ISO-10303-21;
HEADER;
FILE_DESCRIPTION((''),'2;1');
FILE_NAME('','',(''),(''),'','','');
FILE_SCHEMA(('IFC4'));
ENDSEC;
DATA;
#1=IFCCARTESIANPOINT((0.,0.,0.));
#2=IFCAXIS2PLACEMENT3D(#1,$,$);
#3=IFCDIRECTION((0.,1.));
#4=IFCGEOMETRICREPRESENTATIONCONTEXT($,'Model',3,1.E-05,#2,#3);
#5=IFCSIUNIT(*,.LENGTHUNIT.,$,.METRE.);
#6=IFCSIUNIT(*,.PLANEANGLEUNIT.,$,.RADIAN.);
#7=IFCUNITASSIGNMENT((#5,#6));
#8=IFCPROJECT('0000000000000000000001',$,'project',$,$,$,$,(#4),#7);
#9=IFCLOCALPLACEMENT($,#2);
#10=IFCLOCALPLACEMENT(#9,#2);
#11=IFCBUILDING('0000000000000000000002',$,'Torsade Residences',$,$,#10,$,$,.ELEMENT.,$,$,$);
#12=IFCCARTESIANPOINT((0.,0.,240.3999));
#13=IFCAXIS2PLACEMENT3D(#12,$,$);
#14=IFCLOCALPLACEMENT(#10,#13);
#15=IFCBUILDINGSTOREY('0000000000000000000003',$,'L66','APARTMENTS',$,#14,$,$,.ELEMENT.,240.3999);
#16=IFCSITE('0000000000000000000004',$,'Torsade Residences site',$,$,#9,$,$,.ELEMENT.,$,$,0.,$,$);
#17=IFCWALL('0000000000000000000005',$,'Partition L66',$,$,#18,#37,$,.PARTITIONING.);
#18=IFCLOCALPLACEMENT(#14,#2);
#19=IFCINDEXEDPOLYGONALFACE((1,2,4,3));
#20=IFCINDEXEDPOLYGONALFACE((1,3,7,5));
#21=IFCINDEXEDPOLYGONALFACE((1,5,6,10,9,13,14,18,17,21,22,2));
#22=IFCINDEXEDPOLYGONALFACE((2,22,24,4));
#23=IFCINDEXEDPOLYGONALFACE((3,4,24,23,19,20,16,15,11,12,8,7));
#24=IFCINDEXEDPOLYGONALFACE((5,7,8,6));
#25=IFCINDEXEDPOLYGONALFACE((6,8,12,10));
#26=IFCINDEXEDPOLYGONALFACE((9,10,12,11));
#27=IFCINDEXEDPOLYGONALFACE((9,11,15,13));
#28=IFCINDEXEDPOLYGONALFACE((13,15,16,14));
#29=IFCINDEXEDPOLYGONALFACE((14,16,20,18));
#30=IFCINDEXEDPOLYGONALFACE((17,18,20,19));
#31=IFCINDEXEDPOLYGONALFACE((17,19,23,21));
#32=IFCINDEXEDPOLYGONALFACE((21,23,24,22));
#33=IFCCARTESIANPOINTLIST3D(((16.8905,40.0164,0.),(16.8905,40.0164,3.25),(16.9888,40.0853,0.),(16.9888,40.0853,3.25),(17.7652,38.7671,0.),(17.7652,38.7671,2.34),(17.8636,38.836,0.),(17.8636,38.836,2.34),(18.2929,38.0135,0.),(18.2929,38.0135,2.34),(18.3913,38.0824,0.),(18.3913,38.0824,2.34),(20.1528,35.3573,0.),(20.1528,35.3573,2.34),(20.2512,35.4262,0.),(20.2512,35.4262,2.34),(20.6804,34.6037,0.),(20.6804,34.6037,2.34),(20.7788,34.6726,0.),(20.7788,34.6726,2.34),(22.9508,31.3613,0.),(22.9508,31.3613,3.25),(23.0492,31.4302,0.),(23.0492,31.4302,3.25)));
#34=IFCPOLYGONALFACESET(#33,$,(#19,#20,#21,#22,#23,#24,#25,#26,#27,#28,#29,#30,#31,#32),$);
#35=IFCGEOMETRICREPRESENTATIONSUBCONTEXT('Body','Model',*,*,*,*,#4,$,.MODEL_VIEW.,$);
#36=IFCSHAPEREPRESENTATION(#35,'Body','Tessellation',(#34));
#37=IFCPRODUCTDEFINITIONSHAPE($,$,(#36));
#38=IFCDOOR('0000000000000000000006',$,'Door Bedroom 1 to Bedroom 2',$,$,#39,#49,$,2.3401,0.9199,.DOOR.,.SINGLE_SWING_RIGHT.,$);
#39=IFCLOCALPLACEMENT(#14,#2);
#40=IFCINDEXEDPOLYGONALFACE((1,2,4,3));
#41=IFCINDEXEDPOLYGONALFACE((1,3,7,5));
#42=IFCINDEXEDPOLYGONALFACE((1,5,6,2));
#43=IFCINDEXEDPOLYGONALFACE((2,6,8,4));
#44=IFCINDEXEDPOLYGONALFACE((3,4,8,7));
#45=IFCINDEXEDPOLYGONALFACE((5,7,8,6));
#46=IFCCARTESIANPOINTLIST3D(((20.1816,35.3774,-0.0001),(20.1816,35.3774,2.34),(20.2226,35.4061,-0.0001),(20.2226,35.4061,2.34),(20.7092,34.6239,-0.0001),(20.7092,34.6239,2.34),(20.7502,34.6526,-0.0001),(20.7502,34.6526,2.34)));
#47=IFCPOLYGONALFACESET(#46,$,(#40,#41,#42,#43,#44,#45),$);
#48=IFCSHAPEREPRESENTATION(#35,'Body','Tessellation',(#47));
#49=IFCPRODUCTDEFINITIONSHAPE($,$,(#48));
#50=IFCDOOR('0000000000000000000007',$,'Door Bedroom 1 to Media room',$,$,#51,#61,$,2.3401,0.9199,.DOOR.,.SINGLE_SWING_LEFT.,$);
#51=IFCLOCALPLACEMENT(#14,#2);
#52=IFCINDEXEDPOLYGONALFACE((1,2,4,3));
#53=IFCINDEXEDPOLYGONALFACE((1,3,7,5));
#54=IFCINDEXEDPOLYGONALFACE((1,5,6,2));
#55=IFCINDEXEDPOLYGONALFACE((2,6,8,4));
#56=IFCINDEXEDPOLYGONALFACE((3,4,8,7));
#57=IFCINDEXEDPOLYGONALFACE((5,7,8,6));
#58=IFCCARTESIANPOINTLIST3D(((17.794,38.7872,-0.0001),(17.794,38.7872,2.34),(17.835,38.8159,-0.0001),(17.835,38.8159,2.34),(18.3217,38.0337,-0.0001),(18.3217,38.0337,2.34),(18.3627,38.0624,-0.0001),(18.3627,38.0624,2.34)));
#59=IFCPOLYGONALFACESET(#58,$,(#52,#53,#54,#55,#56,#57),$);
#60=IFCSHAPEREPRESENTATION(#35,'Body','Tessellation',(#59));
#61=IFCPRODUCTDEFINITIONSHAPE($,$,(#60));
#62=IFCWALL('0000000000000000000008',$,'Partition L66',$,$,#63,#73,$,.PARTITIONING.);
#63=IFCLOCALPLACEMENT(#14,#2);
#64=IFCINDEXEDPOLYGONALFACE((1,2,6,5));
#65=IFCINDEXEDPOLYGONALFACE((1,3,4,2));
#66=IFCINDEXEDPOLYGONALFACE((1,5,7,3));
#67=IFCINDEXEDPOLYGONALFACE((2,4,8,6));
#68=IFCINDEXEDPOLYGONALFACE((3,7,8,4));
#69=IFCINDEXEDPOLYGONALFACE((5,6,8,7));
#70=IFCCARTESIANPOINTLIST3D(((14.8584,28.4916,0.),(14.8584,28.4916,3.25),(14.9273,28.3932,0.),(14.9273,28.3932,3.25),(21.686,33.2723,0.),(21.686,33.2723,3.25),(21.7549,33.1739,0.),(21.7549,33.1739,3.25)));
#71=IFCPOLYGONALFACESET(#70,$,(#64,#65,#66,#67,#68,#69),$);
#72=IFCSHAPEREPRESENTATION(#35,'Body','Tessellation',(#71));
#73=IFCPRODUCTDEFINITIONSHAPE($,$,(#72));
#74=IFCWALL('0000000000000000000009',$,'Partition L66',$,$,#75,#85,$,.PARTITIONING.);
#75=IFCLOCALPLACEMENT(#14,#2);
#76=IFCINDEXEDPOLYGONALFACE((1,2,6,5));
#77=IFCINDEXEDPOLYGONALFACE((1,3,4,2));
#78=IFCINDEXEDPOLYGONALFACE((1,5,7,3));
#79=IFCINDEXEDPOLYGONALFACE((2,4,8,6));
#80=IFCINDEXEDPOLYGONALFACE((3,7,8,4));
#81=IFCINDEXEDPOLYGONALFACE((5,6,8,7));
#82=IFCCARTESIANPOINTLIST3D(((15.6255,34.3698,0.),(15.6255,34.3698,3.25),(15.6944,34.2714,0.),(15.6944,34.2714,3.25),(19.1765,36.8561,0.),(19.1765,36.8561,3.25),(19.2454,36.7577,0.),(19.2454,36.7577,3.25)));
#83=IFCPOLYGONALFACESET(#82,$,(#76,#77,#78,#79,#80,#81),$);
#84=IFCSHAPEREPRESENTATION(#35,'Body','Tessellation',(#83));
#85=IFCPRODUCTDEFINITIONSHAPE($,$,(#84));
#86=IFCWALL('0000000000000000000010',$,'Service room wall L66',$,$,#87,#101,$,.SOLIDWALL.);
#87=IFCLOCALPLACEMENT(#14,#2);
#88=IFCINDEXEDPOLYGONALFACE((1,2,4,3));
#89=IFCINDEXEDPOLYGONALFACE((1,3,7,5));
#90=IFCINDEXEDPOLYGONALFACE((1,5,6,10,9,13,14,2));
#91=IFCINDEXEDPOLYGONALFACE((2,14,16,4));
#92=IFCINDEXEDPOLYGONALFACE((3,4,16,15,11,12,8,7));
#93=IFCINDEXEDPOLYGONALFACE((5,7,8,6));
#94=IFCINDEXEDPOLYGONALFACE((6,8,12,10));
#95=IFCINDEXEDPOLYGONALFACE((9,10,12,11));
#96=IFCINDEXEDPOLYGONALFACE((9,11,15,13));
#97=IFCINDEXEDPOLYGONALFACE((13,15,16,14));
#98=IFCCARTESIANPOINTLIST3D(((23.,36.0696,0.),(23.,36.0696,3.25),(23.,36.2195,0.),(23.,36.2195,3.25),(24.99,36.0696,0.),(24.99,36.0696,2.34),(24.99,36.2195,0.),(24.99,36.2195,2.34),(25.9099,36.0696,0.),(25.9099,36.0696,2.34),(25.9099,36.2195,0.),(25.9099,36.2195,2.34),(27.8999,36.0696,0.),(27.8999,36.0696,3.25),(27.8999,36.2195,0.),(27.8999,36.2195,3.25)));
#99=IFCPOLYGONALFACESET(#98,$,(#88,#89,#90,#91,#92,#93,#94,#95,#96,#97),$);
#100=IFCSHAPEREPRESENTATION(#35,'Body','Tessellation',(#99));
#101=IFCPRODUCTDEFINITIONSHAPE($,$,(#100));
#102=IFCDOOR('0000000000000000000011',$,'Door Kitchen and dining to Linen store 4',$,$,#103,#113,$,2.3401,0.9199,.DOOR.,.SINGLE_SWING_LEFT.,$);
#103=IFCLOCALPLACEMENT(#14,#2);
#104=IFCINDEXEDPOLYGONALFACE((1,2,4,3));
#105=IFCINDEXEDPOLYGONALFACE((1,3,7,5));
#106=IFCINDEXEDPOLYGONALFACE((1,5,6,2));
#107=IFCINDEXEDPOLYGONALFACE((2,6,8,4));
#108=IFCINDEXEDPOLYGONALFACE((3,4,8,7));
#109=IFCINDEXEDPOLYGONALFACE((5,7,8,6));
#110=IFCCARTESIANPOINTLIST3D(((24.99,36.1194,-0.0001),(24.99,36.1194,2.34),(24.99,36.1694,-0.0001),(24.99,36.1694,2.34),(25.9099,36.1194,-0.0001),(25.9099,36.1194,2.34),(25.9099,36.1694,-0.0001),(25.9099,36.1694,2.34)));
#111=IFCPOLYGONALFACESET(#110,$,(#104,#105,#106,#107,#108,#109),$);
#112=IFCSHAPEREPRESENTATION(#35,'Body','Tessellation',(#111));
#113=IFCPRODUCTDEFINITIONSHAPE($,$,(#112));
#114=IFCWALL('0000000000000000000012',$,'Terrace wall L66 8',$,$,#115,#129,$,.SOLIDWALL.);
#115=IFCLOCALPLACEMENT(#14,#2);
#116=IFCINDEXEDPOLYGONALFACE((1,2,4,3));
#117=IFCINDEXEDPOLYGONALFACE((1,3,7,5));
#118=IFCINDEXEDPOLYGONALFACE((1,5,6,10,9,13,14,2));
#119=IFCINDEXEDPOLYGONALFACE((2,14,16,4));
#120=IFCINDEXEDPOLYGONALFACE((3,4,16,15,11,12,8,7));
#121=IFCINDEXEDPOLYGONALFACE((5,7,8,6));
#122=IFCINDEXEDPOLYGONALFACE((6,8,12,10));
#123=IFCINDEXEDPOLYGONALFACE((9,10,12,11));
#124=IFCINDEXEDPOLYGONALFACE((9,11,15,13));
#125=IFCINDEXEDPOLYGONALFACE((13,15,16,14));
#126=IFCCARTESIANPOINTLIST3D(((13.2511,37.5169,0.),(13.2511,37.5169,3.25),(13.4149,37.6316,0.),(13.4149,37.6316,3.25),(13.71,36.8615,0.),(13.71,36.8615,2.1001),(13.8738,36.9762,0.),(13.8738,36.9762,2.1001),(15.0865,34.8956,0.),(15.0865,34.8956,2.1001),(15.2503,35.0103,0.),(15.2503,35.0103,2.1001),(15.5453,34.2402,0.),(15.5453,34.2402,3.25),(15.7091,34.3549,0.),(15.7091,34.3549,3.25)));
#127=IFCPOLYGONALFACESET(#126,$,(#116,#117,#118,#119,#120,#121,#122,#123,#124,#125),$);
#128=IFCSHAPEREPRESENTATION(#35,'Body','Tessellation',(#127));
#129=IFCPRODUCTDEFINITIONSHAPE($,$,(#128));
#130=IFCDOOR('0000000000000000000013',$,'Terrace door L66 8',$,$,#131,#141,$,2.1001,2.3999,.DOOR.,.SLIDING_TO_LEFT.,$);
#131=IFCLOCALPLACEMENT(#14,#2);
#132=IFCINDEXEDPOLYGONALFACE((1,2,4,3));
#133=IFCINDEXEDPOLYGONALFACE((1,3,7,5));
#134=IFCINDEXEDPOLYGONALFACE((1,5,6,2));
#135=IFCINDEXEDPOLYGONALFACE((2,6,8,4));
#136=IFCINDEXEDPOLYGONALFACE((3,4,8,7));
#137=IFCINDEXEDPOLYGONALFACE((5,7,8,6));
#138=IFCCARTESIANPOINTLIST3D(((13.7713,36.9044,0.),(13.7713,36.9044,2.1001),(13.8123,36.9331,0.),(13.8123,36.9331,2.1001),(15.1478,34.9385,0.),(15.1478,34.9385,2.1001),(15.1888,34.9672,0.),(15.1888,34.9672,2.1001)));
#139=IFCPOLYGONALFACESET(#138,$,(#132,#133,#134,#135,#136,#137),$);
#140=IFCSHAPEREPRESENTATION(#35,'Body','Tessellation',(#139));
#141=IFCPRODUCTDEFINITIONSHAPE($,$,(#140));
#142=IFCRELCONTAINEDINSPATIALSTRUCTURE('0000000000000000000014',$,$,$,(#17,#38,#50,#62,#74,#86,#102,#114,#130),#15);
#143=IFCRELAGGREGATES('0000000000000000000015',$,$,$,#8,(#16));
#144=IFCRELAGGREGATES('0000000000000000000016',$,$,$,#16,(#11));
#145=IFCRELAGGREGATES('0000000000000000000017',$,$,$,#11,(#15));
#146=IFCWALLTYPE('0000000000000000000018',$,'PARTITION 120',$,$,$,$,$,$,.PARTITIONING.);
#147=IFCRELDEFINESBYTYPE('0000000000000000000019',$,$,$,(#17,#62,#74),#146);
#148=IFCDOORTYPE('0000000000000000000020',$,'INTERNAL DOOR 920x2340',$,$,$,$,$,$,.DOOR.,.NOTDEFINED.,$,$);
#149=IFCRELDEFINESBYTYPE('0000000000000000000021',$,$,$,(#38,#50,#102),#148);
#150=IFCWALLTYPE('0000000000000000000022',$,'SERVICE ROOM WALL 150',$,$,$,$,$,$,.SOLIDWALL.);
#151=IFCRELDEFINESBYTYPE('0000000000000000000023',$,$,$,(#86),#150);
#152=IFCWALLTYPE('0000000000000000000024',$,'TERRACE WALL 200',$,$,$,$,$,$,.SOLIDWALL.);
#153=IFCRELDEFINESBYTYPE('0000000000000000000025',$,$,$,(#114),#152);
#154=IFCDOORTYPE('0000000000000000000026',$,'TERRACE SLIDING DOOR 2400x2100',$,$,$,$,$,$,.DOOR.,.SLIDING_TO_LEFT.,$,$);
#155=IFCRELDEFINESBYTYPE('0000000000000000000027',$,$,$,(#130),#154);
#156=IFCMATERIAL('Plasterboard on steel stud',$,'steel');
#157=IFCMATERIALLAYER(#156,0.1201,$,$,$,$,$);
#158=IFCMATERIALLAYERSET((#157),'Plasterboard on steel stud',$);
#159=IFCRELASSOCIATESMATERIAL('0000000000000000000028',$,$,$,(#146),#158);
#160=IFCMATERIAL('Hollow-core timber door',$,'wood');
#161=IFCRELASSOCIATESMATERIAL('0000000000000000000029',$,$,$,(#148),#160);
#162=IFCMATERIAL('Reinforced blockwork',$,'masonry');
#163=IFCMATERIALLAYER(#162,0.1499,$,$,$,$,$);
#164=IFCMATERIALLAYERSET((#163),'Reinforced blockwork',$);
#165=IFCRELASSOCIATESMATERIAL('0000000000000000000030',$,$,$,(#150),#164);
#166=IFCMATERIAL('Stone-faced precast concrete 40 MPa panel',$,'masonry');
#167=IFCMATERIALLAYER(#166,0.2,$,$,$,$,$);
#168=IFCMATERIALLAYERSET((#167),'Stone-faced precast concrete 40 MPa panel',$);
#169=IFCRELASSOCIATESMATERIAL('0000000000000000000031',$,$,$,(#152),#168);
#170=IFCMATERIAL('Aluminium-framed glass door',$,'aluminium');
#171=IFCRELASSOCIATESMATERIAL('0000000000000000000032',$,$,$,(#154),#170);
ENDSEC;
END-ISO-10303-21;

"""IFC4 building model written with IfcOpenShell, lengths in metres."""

from ifc_helpers import new_model, si_unit, direction, frame, frame_2d, origin, place, context, subcontext, project, spatial, rectangle, extrude, material, layer, layer_set, type_object, element, fill, save


model = new_model("IFC4")

# Units and contexts
model_context = context("Model", 3, precision=1e-05, world=origin(), true_north=direction((0.0, 1.0)))
body_context = subcontext(model_context, "Body", "Model", "MODEL_VIEW")
ifc_project = project(units=[si_unit("LENGTHUNIT", "METRE"), si_unit("PLANEANGLEUNIT", "RADIAN")], contexts=[model_context])

# Site, building, storey
site_placement = place(None, origin())
site = spatial("IfcSite", under=ifc_project, at=site_placement, Name="Torsade Residences site", CompositionType="ELEMENT", RefElevation=0.0)
building_placement = place(site_placement, origin())
building = spatial("IfcBuilding", under=site, at=building_placement, Name="Torsade Residences", CompositionType="ELEMENT")
storey_placement = place(building_placement, frame((0.0, 0.0, 240.3999)))
storey = spatial("IfcBuildingStorey", under=building, at=storey_placement, Name="L66", Description="APARTMENTS", CompositionType="ELEMENT", Elevation=240.3999)

# Wall, openings, doors
ifc_material_1 = material(Name="Plasterboard on steel stud", Category="steel")
ifc_layer_1 = layer(ifc_material_1, 0.1201)
ifc_layer_set_1 = layer_set([ifc_layer_1], Name="Plasterboard on steel stud")
wall_type_1 = type_object("IfcWallType", Name="PARTITION 120", PredefinedType="PARTITIONING", material=ifc_layer_set_1)
wall_1_placement = place(storey_placement, frame((23.0, 31.3958, 0.0), z_axis=(0.0, 0.0, 1.0), x_axis=(-0.573576, 0.819153, 0.0)))
wall_1 = element("IfcWall", 1, at=wall_1_placement, inside=storey, type_object=wall_type_1, Name="Partition L66", PredefinedType="PARTITIONING", context=body_context, shape_type="SweptSolid", body=[
    extrude(rectangle(XDim=10.5659, YDim=0.1201, at=frame_2d((5.283, 0.0))), origin(), (0.0, 0.0, 1.0), 3.25),
])
opening_1_placement = place(wall_1_placement, frame((3.9583, 0.0, 0.0)))
opening_1 = element("IfcOpeningElement", 2, at=opening_1_placement, cuts=wall_1, PredefinedType="OPENING", context=body_context, shape_type="SweptSolid", body=[
    extrude(rectangle(XDim=0.9199, YDim=2.3401, at=frame_2d((0.46, 1.1699))), frame((0.0, 0.0701, 0.0), z_axis=(0.0, -1.0, 0.0), x_axis=(1.0, 0.0, 0.0)), (0.0, 0.0, 1.0), 0.1401),
])
opening_2_placement = place(wall_1_placement, frame((8.1208, 0.0, 0.0)))
opening_2 = element("IfcOpeningElement", 3, at=opening_2_placement, cuts=wall_1, PredefinedType="OPENING", context=body_context, shape_type="SweptSolid", body=[
    extrude(rectangle(XDim=0.9199, YDim=2.3401, at=frame_2d((0.46, 1.1699))), frame((0.0, 0.0701, 0.0), z_axis=(0.0, -1.0, 0.0), x_axis=(1.0, 0.0, 0.0)), (0.0, 0.0, 1.0), 0.1401),
])
ifc_material_2 = material(Name="Hollow-core timber door", Category="wood")
door_type_1 = type_object("IfcDoorType", Name="INTERNAL DOOR 920x2340", OperationType="NOTDEFINED", PredefinedType="DOOR", material=ifc_material_2)
door_1_placement = place(opening_1_placement, origin())
door_1 = element("IfcDoor", 4, at=door_1_placement, inside=storey, type_object=door_type_1, Name="Door Bedroom 1 to Bedroom 2", OperationType="SINGLE_SWING_RIGHT", OverallHeight=2.3401, OverallWidth=0.9199, PredefinedType="DOOR", context=body_context, shape_type="SweptSolid", body=[
    extrude(rectangle(XDim=0.9199, YDim=2.3401, at=frame_2d((0.46, 1.1699))), frame((0.0, 0.0249, 0.0), z_axis=(0.0, -1.0, 0.0), x_axis=(1.0, 0.0, 0.0)), (0.0, 0.0, 1.0), 0.05),
])
fill(opening_1, door_1)
door_2_placement = place(opening_2_placement, origin())
door_2 = element("IfcDoor", 5, at=door_2_placement, inside=storey, type_object=door_type_1, Name="Door Bedroom 1 to Media room", OperationType="SINGLE_SWING_LEFT", OverallHeight=2.3401, OverallWidth=0.9199, PredefinedType="DOOR", context=body_context, shape_type="SweptSolid", body=[
    extrude(rectangle(XDim=0.9199, YDim=2.3401, at=frame_2d((0.46, 1.1699))), frame((0.0, 0.0249, 0.0), z_axis=(0.0, -1.0, 0.0), x_axis=(1.0, 0.0, 0.0)), (0.0, 0.0, 1.0), 0.05),
])
fill(opening_2, door_2)

# Walls
wall_2_placement = place(storey_placement, frame((21.7205, 33.2231, 0.0), z_axis=(0.0, 0.0, 1.0), x_axis=(-0.819152, -0.573576, 0.0)))
element("IfcWall", 6, at=wall_2_placement, inside=storey, type_object=wall_type_1, Name="Partition L66", PredefinedType="PARTITIONING", context=body_context, shape_type="SweptSolid", body=[
    extrude(rectangle(XDim=8.335, YDim=0.1201, at=frame_2d((4.1675, 0.0))), origin(), (0.0, 0.0, 1.0), 3.25),
])
wall_3_placement = place(storey_placement, frame((15.6599, 34.3206, 0.0), z_axis=(0.0, 0.0, 1.0), x_axis=(0.819166, 0.573557, 0.0)))
element("IfcWall", 7, at=wall_3_placement, inside=storey, type_object=wall_type_1, Name="Partition L66", PredefinedType="PARTITIONING", context=body_context, shape_type="SweptSolid", body=[
    extrude(rectangle(XDim=4.335, YDim=0.1201, at=frame_2d((2.1675, 0.0))), origin(), (0.0, 0.0, 1.0), 3.25),
])

# Walls, openings, doors
ifc_material_3 = material(Name="Reinforced blockwork", Category="masonry")
ifc_layer_2 = layer(ifc_material_3, 0.1499)
ifc_layer_set_2 = layer_set([ifc_layer_2], Name="Reinforced blockwork")
wall_type_2 = type_object("IfcWallType", Name="SERVICE ROOM WALL 150", PredefinedType="SOLIDWALL", material=ifc_layer_set_2)
wall_4_placement = place(storey_placement, frame((23.0, 36.1445, 0.0), z_axis=(0.0, 0.0, 1.0), x_axis=(1.0, 0.0, 0.0)))
wall_4 = element("IfcWall", 8, at=wall_4_placement, inside=storey, type_object=wall_type_2, Name="Service room wall L66", PredefinedType="SOLIDWALL", context=body_context, shape_type="SweptSolid", body=[
    extrude(rectangle(XDim=4.8999, YDim=0.1499, at=frame_2d((2.45, 0.0))), origin(), (0.0, 0.0, 1.0), 3.25),
])
opening_3_placement = place(wall_4_placement, frame((1.99, 0.0, 0.0)))
opening_3 = element("IfcOpeningElement", 9, at=opening_3_placement, cuts=wall_4, PredefinedType="OPENING", context=body_context, shape_type="SweptSolid", body=[
    extrude(rectangle(XDim=0.9199, YDim=2.3401, at=frame_2d((0.46, 1.1699))), frame((0.0, 0.085, 0.0), z_axis=(0.0, -1.0, 0.0), x_axis=(1.0, 0.0, 0.0)), (0.0, 0.0, 1.0), 0.1699),
])
door_3_placement = place(opening_3_placement, origin())
door_3 = element("IfcDoor", 10, at=door_3_placement, inside=storey, type_object=door_type_1, Name="Door Kitchen and dining to Linen store 4", OperationType="SINGLE_SWING_LEFT", OverallHeight=2.3401, OverallWidth=0.9199, PredefinedType="DOOR", context=body_context, shape_type="SweptSolid", body=[
    extrude(rectangle(XDim=0.9199, YDim=2.3401, at=frame_2d((0.46, 1.1699))), frame((0.0, 0.0249, 0.0), z_axis=(0.0, -1.0, 0.0), x_axis=(1.0, 0.0, 0.0)), (0.0, 0.0, 1.0), 0.05),
])
fill(opening_3, door_3)
ifc_material_4 = material(Name="Stone-faced precast concrete 40 MPa panel", Category="masonry")
ifc_layer_3 = layer(ifc_material_4, 0.2)
ifc_layer_set_3 = layer_set([ifc_layer_3], Name="Stone-faced precast concrete 40 MPa panel")
wall_type_3 = type_object("IfcWallType", Name="TERRACE WALL 200", PredefinedType="SOLIDWALL", material=ifc_layer_set_3)
wall_5_placement = place(storey_placement, frame((13.333, 37.5742, 0.0), z_axis=(0.0, 0.0, 1.0), x_axis=(0.573557, -0.819166, 0.0)))
wall_5 = element("IfcWall", 11, at=wall_5_placement, inside=storey, type_object=wall_type_3, Name="Terrace wall L66 8", PredefinedType="SOLIDWALL", context=body_context, shape_type="SweptSolid", body=[
    extrude(rectangle(XDim=4.0, YDim=0.2, at=frame_2d((2.0, 0.0))), origin(), (0.0, 0.0, 1.0), 3.25),
])
opening_4_placement = place(wall_5_placement, frame((0.8, 0.0, 0.0)))
opening_4 = element("IfcOpeningElement", 12, at=opening_4_placement, cuts=wall_5, PredefinedType="OPENING", context=body_context, shape_type="SweptSolid", body=[
    extrude(rectangle(XDim=2.3999, YDim=2.1001, at=frame_2d((1.2, 1.05))), frame((0.0, 0.1099, 0.0), z_axis=(0.0, -1.0, 0.0), x_axis=(1.0, 0.0, 0.0)), (0.0, 0.0, 1.0), 0.22),
])
ifc_material_5 = material(Name="Aluminium-framed glass door", Category="aluminium")
door_type_2 = type_object("IfcDoorType", Name="TERRACE SLIDING DOOR 2400x2100", OperationType="SLIDING_TO_LEFT", PredefinedType="DOOR", material=ifc_material_5)
door_4_placement = place(opening_4_placement, origin())
door_4 = element("IfcDoor", 13, at=door_4_placement, inside=storey, type_object=door_type_2, Name="Terrace door L66 8", OperationType="SLIDING_TO_LEFT", OverallHeight=2.1001, OverallWidth=2.3999, PredefinedType="DOOR", context=body_context, shape_type="SweptSolid", body=[
    extrude(rectangle(XDim=2.3999, YDim=2.1001, at=frame_2d((1.2, 1.05))), frame((0.0, 0.0249, 0.0), z_axis=(0.0, -1.0, 0.0), x_axis=(1.0, 0.0, 0.0)), (0.0, 0.0, 1.0), 0.05),
])
fill(opening_4, door_4)

save(model, "model.ifc")
